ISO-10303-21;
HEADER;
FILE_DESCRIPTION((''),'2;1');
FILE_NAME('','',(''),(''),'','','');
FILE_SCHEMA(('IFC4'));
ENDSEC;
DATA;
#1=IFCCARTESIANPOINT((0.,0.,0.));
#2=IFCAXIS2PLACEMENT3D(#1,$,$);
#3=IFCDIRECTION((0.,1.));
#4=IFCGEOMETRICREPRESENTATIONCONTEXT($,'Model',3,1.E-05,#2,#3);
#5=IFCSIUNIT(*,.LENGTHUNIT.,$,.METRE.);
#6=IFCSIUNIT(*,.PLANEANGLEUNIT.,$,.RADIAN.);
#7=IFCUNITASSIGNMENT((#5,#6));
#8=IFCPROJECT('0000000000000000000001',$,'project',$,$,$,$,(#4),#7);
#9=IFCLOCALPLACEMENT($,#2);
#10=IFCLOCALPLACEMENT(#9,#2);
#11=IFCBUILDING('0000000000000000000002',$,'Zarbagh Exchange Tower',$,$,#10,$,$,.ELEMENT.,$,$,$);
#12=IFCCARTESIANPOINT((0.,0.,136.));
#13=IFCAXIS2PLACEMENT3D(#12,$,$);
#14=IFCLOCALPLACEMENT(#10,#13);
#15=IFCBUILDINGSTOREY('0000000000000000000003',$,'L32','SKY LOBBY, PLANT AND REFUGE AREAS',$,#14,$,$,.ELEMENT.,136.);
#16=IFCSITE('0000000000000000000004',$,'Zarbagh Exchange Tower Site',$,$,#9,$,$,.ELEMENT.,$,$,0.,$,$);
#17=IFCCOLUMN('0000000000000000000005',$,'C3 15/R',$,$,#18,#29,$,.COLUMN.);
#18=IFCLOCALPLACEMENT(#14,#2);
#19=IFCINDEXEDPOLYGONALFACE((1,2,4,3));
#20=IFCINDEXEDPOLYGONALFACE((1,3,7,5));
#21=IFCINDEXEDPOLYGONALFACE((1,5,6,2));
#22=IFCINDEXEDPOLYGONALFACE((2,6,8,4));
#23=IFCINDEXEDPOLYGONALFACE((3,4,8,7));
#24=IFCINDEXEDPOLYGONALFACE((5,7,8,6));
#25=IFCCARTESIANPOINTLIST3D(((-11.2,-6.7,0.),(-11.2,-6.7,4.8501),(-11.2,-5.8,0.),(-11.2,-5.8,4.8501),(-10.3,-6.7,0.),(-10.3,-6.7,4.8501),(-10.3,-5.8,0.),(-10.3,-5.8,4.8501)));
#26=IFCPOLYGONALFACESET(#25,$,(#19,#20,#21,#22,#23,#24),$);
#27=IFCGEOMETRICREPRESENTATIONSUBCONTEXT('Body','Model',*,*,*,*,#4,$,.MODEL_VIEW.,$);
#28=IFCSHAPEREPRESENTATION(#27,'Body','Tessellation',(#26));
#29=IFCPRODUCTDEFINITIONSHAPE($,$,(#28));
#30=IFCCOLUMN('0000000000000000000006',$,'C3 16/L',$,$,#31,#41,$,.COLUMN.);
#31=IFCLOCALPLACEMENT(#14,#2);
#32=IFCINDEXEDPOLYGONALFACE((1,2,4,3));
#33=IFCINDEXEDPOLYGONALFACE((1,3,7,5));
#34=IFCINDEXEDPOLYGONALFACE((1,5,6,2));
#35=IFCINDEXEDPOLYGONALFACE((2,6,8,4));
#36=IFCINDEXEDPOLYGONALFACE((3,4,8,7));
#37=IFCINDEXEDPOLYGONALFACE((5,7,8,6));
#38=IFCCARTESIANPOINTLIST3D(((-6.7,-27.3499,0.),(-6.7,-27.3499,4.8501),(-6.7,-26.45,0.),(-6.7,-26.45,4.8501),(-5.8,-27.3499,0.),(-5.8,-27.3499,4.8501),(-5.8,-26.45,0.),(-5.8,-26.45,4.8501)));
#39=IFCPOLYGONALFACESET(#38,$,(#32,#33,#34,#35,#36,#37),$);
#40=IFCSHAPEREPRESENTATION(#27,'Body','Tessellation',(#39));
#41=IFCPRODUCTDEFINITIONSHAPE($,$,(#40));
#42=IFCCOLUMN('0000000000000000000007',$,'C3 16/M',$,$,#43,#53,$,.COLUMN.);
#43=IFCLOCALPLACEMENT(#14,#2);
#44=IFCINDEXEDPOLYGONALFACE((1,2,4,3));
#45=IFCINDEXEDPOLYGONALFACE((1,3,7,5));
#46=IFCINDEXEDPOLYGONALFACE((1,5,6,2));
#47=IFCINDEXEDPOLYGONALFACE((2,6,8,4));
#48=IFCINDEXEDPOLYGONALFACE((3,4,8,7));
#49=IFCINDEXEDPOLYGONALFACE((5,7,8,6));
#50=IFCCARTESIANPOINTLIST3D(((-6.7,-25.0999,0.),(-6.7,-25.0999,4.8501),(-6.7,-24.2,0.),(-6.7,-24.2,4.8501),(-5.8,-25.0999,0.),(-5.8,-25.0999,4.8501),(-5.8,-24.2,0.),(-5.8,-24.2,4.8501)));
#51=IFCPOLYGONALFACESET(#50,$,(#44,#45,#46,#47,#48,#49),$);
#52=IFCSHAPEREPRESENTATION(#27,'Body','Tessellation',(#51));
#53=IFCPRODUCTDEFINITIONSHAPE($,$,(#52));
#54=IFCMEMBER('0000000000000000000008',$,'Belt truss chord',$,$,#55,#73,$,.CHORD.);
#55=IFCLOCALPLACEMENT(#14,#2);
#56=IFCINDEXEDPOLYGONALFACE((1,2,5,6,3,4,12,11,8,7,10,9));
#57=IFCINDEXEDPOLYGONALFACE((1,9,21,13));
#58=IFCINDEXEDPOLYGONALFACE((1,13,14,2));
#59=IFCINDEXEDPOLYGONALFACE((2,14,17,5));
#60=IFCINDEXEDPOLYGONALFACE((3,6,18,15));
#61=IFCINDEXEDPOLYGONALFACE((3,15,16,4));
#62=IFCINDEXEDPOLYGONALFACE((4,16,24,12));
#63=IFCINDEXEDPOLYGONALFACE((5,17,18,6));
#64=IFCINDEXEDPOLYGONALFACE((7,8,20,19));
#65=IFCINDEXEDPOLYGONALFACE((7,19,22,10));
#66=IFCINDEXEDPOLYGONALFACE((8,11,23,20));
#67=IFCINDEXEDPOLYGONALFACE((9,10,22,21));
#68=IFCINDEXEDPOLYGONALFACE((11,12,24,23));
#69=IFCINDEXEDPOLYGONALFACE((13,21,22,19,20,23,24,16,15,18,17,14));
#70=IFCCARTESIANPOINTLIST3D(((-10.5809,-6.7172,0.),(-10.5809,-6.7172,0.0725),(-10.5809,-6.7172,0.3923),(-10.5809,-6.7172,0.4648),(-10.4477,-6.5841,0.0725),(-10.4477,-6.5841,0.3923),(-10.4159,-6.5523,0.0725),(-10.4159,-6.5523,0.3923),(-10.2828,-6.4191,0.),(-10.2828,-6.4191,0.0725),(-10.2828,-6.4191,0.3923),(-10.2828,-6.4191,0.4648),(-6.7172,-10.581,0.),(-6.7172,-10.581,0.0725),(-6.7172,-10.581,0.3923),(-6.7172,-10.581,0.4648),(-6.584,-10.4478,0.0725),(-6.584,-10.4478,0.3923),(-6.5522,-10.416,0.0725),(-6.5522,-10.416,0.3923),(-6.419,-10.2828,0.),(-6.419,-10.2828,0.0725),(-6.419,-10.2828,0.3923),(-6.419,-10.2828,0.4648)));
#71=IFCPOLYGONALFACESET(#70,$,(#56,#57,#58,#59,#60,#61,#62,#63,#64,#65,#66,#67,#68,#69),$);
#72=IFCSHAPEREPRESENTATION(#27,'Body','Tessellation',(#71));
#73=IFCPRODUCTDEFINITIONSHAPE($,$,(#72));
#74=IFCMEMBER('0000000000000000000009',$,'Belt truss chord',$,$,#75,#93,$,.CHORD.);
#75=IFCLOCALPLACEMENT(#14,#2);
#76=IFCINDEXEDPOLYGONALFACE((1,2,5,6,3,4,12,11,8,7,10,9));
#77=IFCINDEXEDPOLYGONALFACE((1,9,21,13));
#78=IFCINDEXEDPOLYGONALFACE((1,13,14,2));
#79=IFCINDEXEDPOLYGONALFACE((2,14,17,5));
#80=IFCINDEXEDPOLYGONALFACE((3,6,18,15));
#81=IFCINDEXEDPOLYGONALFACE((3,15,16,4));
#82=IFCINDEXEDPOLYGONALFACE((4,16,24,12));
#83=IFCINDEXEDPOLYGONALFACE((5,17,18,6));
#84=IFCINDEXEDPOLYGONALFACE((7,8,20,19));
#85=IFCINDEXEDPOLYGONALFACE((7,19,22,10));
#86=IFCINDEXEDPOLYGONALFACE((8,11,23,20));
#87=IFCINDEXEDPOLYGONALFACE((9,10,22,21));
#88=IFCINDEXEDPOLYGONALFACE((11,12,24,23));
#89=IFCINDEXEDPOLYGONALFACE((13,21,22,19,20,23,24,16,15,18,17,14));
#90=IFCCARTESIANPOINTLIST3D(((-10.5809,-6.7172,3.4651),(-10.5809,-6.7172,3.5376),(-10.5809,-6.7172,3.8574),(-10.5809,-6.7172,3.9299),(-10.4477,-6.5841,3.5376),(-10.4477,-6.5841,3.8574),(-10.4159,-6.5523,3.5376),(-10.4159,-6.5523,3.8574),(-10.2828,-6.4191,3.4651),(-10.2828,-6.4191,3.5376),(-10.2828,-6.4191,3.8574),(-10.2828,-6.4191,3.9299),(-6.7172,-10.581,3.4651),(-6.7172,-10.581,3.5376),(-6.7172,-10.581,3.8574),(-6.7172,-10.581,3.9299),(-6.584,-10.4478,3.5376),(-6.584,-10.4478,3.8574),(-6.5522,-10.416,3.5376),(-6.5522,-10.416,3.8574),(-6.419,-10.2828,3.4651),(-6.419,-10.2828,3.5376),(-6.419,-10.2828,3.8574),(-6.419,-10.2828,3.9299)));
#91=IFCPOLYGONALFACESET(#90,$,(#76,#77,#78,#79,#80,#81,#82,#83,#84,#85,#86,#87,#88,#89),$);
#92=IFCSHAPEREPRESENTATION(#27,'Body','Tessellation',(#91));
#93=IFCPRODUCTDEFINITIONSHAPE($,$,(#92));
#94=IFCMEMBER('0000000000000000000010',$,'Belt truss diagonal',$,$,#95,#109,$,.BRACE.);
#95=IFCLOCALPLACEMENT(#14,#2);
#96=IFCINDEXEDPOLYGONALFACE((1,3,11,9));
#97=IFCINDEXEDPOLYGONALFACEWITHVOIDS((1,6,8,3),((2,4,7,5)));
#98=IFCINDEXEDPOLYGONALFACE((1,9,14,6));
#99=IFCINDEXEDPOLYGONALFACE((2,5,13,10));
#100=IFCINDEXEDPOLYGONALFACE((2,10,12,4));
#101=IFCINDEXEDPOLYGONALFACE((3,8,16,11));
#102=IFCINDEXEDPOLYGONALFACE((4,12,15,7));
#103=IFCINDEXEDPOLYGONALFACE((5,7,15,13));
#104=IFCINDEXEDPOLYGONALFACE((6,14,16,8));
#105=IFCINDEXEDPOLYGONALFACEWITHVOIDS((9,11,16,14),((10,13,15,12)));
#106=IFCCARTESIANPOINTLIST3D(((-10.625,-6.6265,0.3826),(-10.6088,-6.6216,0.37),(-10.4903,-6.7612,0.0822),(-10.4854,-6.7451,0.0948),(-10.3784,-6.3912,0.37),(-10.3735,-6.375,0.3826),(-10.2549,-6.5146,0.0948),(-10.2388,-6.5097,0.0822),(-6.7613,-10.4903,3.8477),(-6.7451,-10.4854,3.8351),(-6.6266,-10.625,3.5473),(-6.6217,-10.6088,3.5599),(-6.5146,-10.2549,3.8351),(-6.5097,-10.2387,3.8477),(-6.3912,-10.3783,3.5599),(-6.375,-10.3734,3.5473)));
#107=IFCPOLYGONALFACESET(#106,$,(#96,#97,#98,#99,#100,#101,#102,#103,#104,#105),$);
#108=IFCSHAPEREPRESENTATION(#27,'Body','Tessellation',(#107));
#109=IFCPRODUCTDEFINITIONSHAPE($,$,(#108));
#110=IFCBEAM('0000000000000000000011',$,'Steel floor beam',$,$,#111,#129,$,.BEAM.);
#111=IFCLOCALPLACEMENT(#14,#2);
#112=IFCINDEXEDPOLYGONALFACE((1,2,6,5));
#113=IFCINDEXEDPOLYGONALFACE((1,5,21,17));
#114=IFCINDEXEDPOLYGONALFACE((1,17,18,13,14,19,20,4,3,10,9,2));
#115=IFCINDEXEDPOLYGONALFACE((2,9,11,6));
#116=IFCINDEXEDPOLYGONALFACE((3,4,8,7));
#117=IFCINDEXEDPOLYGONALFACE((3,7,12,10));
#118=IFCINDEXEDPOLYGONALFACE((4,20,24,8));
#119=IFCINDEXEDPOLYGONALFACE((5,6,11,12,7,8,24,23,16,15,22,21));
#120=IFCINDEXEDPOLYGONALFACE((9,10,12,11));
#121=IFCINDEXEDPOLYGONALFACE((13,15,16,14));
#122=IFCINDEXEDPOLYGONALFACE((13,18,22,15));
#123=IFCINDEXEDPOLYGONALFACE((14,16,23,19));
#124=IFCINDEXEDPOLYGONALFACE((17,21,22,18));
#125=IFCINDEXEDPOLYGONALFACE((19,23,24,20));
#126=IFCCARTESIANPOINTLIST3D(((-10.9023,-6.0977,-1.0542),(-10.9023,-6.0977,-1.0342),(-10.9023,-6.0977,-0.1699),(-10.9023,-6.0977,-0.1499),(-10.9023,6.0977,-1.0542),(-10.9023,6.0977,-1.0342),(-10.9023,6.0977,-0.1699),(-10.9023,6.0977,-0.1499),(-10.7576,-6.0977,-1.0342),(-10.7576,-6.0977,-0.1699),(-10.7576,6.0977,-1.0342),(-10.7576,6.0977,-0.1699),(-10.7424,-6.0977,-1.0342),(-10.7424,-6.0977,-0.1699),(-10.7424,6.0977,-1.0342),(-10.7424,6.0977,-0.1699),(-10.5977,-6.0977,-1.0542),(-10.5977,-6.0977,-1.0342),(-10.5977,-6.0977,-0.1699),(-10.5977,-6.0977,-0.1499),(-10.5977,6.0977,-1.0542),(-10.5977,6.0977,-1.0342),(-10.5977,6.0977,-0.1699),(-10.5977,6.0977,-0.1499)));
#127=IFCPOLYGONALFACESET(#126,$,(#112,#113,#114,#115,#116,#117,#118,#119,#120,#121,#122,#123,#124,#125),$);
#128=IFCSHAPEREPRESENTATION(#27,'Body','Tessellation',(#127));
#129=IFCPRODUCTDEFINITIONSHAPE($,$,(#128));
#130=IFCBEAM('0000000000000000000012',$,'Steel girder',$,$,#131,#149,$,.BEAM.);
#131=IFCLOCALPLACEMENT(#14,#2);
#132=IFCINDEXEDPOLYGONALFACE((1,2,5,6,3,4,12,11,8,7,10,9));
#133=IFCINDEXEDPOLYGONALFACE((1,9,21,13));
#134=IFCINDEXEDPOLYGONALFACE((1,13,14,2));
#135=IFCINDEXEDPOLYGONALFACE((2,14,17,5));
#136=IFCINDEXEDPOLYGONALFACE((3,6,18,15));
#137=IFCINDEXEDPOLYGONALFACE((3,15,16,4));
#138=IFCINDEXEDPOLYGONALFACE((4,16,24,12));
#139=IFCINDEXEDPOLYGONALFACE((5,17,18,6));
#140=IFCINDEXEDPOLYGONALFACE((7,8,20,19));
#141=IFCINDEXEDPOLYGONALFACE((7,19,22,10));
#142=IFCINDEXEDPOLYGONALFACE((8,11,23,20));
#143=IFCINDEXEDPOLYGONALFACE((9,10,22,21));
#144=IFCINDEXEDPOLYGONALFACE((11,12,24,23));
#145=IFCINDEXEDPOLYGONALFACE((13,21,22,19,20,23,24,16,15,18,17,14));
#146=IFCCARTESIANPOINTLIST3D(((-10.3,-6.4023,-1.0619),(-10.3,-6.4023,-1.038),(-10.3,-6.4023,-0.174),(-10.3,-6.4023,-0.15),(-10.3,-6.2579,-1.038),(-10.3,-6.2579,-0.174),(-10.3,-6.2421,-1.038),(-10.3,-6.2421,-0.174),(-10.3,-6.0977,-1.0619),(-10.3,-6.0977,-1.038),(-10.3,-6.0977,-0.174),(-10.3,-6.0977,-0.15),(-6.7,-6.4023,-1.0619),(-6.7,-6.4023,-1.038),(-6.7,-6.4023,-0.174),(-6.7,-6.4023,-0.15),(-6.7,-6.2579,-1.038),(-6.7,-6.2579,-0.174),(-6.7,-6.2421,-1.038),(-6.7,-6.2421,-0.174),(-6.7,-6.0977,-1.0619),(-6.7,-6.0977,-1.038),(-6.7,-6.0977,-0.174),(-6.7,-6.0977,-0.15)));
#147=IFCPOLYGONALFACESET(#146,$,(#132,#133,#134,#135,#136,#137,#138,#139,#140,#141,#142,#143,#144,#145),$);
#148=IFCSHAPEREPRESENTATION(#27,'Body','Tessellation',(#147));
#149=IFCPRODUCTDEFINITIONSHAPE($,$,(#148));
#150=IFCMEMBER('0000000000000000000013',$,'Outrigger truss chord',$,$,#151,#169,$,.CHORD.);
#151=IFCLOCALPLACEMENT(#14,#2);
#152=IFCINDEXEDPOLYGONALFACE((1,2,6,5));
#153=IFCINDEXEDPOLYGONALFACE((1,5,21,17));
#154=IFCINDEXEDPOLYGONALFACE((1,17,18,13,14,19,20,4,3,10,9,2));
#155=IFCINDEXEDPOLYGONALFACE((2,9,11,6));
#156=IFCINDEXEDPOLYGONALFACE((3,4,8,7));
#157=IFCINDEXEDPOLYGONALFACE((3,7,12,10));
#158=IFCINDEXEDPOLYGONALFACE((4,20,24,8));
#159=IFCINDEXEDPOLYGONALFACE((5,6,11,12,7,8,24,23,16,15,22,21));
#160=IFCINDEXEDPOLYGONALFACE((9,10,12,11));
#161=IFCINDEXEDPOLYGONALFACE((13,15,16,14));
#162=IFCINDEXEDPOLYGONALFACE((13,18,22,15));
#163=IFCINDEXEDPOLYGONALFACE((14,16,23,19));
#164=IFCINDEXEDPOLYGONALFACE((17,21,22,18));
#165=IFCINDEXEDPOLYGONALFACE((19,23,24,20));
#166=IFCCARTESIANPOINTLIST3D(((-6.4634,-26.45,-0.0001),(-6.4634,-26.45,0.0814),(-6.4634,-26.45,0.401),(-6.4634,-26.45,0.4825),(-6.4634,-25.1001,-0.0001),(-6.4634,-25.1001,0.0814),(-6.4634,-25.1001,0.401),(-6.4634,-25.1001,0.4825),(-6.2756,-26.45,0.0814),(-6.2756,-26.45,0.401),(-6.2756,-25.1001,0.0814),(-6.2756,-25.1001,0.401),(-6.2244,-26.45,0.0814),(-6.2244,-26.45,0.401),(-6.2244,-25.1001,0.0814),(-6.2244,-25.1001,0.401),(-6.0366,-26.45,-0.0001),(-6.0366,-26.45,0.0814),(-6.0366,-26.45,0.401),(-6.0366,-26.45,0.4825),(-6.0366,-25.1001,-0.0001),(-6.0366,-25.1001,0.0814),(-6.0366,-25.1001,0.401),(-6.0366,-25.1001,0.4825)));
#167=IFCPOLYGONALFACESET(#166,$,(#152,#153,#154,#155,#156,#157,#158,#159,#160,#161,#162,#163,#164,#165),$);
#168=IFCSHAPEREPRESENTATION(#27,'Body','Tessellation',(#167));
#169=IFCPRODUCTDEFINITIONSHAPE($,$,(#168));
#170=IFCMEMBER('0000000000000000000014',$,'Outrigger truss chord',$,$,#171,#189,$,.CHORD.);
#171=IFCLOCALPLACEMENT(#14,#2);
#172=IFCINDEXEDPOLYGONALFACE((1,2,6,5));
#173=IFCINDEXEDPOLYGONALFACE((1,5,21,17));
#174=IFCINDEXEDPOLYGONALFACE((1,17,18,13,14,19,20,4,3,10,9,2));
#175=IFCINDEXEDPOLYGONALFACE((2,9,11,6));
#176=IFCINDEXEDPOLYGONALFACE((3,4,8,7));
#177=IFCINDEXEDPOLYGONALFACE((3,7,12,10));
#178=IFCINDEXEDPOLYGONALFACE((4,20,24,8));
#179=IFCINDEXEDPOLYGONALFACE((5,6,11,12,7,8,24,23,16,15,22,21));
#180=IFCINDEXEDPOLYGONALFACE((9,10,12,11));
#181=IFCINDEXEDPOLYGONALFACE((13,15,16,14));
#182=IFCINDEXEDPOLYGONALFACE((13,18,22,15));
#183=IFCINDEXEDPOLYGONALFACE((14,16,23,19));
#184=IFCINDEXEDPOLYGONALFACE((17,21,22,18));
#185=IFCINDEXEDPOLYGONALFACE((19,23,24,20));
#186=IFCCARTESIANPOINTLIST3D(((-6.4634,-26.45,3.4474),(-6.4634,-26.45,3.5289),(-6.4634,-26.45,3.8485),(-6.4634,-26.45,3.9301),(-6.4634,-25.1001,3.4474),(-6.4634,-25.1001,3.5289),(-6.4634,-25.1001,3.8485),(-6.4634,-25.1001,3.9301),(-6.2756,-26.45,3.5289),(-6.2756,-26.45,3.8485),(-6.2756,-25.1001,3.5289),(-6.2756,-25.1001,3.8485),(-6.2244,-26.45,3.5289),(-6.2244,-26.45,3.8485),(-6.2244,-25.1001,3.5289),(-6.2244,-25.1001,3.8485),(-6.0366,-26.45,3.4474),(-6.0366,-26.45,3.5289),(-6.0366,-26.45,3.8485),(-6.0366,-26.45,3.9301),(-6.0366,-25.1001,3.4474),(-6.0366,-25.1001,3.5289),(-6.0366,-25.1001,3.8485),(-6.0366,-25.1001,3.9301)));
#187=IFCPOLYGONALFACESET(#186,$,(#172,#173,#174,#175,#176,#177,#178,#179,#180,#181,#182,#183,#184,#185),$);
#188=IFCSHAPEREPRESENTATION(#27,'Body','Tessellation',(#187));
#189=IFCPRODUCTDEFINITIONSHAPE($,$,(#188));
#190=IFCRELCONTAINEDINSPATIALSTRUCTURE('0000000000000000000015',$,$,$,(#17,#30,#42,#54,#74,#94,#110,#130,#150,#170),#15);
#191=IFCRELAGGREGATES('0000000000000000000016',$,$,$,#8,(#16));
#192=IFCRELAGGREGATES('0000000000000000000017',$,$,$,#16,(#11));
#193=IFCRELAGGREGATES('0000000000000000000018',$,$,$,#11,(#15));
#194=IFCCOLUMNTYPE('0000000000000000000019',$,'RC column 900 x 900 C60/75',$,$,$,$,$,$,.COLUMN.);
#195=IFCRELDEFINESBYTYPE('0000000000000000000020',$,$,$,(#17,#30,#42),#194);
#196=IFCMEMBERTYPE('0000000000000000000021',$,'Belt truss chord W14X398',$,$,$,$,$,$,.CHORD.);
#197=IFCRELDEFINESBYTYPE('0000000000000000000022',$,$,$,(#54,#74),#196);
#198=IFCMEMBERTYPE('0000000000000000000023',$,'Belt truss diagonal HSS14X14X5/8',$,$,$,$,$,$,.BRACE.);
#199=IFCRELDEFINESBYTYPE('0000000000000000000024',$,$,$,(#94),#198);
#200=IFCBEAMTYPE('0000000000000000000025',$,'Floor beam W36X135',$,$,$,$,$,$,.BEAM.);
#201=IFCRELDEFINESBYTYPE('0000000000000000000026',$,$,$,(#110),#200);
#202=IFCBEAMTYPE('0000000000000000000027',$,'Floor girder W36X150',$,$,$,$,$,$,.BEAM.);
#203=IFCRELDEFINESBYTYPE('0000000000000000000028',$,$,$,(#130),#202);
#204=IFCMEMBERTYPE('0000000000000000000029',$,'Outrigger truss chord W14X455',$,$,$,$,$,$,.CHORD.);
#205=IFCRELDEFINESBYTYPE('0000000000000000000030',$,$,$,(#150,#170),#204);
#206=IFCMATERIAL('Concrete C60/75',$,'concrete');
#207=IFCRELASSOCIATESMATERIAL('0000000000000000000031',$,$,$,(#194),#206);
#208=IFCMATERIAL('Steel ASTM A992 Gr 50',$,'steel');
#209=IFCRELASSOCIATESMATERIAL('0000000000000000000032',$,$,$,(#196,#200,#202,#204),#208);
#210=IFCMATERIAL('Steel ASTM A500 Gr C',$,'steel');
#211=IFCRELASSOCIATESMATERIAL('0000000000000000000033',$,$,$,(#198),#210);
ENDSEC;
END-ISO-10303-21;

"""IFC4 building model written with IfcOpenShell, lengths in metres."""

from ifc_helpers import new_model, si_unit, direction, frame, origin, origin_2d, place, context, subcontext, project, spatial, rectangle, hollow_rectangle, i_section, extrude, material, material_profile, profile_set, type_object, element, save


model = new_model("IFC4")

# Units and contexts
model_context = context("Model", 3, precision=1e-05, world=origin(), true_north=direction((0.0, 1.0)))
body_context = subcontext(model_context, "Body", "Model", "MODEL_VIEW")
ifc_project = project(units=[si_unit("LENGTHUNIT", "METRE"), si_unit("PLANEANGLEUNIT", "RADIAN")], contexts=[model_context])

# Site, building, storey
site_placement = place(None, origin())
site = spatial("IfcSite", under=ifc_project, at=site_placement, Name="Zarbagh Exchange Tower Site", CompositionType="ELEMENT", RefElevation=0.0)
building_placement = place(site_placement, origin())
building = spatial("IfcBuilding", under=site, at=building_placement, Name="Zarbagh Exchange Tower", CompositionType="ELEMENT")
storey_placement = place(building_placement, frame((0.0, 0.0, 136.0)))
storey = spatial("IfcBuildingStorey", under=building, at=storey_placement, Name="L32", Description="SKY LOBBY, PLANT AND REFUGE AREAS", CompositionType="ELEMENT", Elevation=136.0)

# Columns
ifc_material_1 = material(Name="Concrete C60/75", Category="concrete")
ifc_material_profile_1 = material_profile(ifc_material_1, rectangle(XDim=0.8999, YDim=0.8999, at=origin_2d()), Name="RC column 900 x 900 C60/75")
ifc_profile_set_1 = profile_set([ifc_material_profile_1], Name="Concrete C60/75")
column_type = type_object("IfcColumnType", Name="RC column 900 x 900 C60/75", PredefinedType="COLUMN", material=ifc_profile_set_1)
for number, where, z_axis, x_axis, name in (
    (1, (-10.75, -6.25, 0.0), (0.0, 0.0, 1.0), (1.0, 0.0, 0.0), "C3 15/R"),
    (2, (-6.25, -26.8999, 0.0), (0.0, 0.0, 1.0), (1.0, 0.0, 0.0), "C3 16/L"),
    (3, (-6.25, -24.6499, 0.0), (0.0, 0.0, 1.0), (1.0, 0.0, 0.0), "C3 16/M"),
):
    element("IfcColumn", number, at=place(storey_placement, frame(where, z_axis=z_axis, x_axis=x_axis)), inside=storey, type_object=column_type, Name=name, PredefinedType="COLUMN", context=body_context, shape_type="SweptSolid", body=[
        extrude(rectangle(XDim=0.8999, YDim=0.8999, at=origin_2d()), origin(), (0.0, 0.0, 1.0), 4.8501),
    ])

# Members
ifc_material_2 = material(Name="Steel ASTM A992 Gr 50", Category="steel")
ifc_material_profile_2 = material_profile(ifc_material_2, i_section(OverallWidth=0.4216, OverallDepth=0.4648, WebThickness=0.0449, FlangeThickness=0.0725, at=origin_2d()), Name="W14X398")
ifc_profile_set_2 = profile_set([ifc_material_profile_2], Name="Steel ASTM A992 Gr 50")
member_type_1 = type_object("IfcMemberType", Name="Belt truss chord W14X398", PredefinedType="CHORD", material=ifc_profile_set_2)
for number, where, z_axis, x_axis, name in (
    (4, (-6.5681, -10.4319, 0.2324), (-0.707107, 0.707107, 0.0), (-0.707107, -0.707107, 0.0), "Belt truss chord"),
    (5, (-6.5681, -10.4319, 3.6975), (-0.707107, 0.707107, 0.0), (-0.707107, -0.707107, 0.0), "Belt truss chord"),
):
    element("IfcMember", number, at=place(storey_placement, frame(where, z_axis=z_axis, x_axis=x_axis)), inside=storey, type_object=member_type_1, Name=name, PredefinedType="CHORD", context=body_context, shape_type="SweptSolid", body=[
        extrude(i_section(OverallWidth=0.4216, OverallDepth=0.4648, WebThickness=0.0449, FlangeThickness=0.0725, at=origin_2d()), origin(), (0.0, 0.0, 1.0), 5.4641),
    ])
ifc_material_3 = material(Name="Steel ASTM A500 Gr C", Category="steel")
ifc_material_profile_3 = material_profile(ifc_material_3, hollow_rectangle(XDim=0.3557, YDim=0.3557, WallThickness=0.0149, at=origin_2d()), Name="HSS14X14X5/8")
ifc_profile_set_3 = profile_set([ifc_material_profile_3], Name="Steel ASTM A500 Gr C")
member_type_2 = type_object("IfcMemberType", Name="Belt truss diagonal HSS14X14X5/8", PredefinedType="BRACE", material=ifc_profile_set_3)
member_1_placement = place(storey_placement, frame((-10.4319, -6.5681, 0.2324), z_axis=(0.597158, -0.597158, 0.535541), x_axis=(0.707107, 0.707107, 0.0)))
element("IfcMember", 6, at=member_1_placement, inside=storey, type_object=member_type_2, Name="Belt truss diagonal", PredefinedType="BRACE", context=body_context, shape_type="SweptSolid", body=[
    extrude(hollow_rectangle(XDim=0.3557, YDim=0.3557, WallThickness=0.0149, at=origin_2d()), origin(), (0.0, 0.0, 1.0), 6.4702),
])

# Beams
ifc_material_profile_4 = material_profile(ifc_material_2, i_section(OverallWidth=0.3047, OverallDepth=0.9043, WebThickness=0.0151, FlangeThickness=0.02, at=origin_2d()), Name="W36X135")
ifc_profile_set_4 = profile_set([ifc_material_profile_4], Name="Steel ASTM A992 Gr 50")
beam_type_1 = type_object("IfcBeamType", Name="Floor beam W36X135", PredefinedType="BEAM", material=ifc_profile_set_4)
beam_1_placement = place(storey_placement, frame((-10.75, -6.0977, -0.6021), z_axis=(0.0, 1.0, 0.0), x_axis=(-1.0, 0.0, 0.0)))
element("IfcBeam", 7, at=beam_1_placement, inside=storey, type_object=beam_type_1, Name="Steel floor beam", PredefinedType="BEAM", context=body_context, shape_type="SweptSolid", body=[
    extrude(i_section(OverallWidth=0.3047, OverallDepth=0.9043, WebThickness=0.0151, FlangeThickness=0.02, at=origin_2d()), origin(), (0.0, 0.0, 1.0), 12.1953),
])
ifc_material_profile_5 = material_profile(ifc_material_2, i_section(OverallWidth=0.3047, OverallDepth=0.9119, WebThickness=0.0159, FlangeThickness=0.0239, at=origin_2d()), Name="W36X150")
ifc_profile_set_5 = profile_set([ifc_material_profile_5], Name="Steel ASTM A992 Gr 50")
beam_type_2 = type_object("IfcBeamType", Name="Floor girder W36X150", PredefinedType="BEAM", material=ifc_profile_set_5)
beam_2_placement = place(storey_placement, frame((-10.3, -6.25, -0.606), z_axis=(1.0, 0.0, 0.0), x_axis=(0.0, 1.0, 0.0)))
element("IfcBeam", 8, at=beam_2_placement, inside=storey, type_object=beam_type_2, Name="Steel girder", PredefinedType="BEAM", context=body_context, shape_type="SweptSolid", body=[
    extrude(i_section(OverallWidth=0.3047, OverallDepth=0.9119, WebThickness=0.0159, FlangeThickness=0.0239, at=origin_2d()), origin(), (0.0, 0.0, 1.0), 3.6001),
])

# Members
ifc_material_profile_6 = material_profile(ifc_material_2, i_section(OverallWidth=0.4268, OverallDepth=0.4827, WebThickness=0.0513, FlangeThickness=0.0815, at=origin_2d()), Name="W14X455")
ifc_profile_set_6 = profile_set([ifc_material_profile_6], Name="Steel ASTM A992 Gr 50")
member_type_3 = type_object("IfcMemberType", Name="Outrigger truss chord W14X455", PredefinedType="CHORD", material=ifc_profile_set_6)
for number, where, z_axis, x_axis, name in (
    (9, (-6.25, -26.45, 0.2412), (0.0, 1.0, 0.0), (-1.0, 0.0, 0.0), "Outrigger truss chord"),
    (10, (-6.25, -26.45, 3.6887), (0.0, 1.0, 0.0), (-1.0, 0.0, 0.0), "Outrigger truss chord"),
):
    element("IfcMember", number, at=place(storey_placement, frame(where, z_axis=z_axis, x_axis=x_axis)), inside=storey, type_object=member_type_3, Name=name, PredefinedType="CHORD", context=body_context, shape_type="SweptSolid", body=[
        extrude(i_section(OverallWidth=0.4268, OverallDepth=0.4827, WebThickness=0.0513, FlangeThickness=0.0815, at=origin_2d()), origin(), (0.0, 0.0, 1.0), 1.3499),
    ])

save(model, "model.ifc")
